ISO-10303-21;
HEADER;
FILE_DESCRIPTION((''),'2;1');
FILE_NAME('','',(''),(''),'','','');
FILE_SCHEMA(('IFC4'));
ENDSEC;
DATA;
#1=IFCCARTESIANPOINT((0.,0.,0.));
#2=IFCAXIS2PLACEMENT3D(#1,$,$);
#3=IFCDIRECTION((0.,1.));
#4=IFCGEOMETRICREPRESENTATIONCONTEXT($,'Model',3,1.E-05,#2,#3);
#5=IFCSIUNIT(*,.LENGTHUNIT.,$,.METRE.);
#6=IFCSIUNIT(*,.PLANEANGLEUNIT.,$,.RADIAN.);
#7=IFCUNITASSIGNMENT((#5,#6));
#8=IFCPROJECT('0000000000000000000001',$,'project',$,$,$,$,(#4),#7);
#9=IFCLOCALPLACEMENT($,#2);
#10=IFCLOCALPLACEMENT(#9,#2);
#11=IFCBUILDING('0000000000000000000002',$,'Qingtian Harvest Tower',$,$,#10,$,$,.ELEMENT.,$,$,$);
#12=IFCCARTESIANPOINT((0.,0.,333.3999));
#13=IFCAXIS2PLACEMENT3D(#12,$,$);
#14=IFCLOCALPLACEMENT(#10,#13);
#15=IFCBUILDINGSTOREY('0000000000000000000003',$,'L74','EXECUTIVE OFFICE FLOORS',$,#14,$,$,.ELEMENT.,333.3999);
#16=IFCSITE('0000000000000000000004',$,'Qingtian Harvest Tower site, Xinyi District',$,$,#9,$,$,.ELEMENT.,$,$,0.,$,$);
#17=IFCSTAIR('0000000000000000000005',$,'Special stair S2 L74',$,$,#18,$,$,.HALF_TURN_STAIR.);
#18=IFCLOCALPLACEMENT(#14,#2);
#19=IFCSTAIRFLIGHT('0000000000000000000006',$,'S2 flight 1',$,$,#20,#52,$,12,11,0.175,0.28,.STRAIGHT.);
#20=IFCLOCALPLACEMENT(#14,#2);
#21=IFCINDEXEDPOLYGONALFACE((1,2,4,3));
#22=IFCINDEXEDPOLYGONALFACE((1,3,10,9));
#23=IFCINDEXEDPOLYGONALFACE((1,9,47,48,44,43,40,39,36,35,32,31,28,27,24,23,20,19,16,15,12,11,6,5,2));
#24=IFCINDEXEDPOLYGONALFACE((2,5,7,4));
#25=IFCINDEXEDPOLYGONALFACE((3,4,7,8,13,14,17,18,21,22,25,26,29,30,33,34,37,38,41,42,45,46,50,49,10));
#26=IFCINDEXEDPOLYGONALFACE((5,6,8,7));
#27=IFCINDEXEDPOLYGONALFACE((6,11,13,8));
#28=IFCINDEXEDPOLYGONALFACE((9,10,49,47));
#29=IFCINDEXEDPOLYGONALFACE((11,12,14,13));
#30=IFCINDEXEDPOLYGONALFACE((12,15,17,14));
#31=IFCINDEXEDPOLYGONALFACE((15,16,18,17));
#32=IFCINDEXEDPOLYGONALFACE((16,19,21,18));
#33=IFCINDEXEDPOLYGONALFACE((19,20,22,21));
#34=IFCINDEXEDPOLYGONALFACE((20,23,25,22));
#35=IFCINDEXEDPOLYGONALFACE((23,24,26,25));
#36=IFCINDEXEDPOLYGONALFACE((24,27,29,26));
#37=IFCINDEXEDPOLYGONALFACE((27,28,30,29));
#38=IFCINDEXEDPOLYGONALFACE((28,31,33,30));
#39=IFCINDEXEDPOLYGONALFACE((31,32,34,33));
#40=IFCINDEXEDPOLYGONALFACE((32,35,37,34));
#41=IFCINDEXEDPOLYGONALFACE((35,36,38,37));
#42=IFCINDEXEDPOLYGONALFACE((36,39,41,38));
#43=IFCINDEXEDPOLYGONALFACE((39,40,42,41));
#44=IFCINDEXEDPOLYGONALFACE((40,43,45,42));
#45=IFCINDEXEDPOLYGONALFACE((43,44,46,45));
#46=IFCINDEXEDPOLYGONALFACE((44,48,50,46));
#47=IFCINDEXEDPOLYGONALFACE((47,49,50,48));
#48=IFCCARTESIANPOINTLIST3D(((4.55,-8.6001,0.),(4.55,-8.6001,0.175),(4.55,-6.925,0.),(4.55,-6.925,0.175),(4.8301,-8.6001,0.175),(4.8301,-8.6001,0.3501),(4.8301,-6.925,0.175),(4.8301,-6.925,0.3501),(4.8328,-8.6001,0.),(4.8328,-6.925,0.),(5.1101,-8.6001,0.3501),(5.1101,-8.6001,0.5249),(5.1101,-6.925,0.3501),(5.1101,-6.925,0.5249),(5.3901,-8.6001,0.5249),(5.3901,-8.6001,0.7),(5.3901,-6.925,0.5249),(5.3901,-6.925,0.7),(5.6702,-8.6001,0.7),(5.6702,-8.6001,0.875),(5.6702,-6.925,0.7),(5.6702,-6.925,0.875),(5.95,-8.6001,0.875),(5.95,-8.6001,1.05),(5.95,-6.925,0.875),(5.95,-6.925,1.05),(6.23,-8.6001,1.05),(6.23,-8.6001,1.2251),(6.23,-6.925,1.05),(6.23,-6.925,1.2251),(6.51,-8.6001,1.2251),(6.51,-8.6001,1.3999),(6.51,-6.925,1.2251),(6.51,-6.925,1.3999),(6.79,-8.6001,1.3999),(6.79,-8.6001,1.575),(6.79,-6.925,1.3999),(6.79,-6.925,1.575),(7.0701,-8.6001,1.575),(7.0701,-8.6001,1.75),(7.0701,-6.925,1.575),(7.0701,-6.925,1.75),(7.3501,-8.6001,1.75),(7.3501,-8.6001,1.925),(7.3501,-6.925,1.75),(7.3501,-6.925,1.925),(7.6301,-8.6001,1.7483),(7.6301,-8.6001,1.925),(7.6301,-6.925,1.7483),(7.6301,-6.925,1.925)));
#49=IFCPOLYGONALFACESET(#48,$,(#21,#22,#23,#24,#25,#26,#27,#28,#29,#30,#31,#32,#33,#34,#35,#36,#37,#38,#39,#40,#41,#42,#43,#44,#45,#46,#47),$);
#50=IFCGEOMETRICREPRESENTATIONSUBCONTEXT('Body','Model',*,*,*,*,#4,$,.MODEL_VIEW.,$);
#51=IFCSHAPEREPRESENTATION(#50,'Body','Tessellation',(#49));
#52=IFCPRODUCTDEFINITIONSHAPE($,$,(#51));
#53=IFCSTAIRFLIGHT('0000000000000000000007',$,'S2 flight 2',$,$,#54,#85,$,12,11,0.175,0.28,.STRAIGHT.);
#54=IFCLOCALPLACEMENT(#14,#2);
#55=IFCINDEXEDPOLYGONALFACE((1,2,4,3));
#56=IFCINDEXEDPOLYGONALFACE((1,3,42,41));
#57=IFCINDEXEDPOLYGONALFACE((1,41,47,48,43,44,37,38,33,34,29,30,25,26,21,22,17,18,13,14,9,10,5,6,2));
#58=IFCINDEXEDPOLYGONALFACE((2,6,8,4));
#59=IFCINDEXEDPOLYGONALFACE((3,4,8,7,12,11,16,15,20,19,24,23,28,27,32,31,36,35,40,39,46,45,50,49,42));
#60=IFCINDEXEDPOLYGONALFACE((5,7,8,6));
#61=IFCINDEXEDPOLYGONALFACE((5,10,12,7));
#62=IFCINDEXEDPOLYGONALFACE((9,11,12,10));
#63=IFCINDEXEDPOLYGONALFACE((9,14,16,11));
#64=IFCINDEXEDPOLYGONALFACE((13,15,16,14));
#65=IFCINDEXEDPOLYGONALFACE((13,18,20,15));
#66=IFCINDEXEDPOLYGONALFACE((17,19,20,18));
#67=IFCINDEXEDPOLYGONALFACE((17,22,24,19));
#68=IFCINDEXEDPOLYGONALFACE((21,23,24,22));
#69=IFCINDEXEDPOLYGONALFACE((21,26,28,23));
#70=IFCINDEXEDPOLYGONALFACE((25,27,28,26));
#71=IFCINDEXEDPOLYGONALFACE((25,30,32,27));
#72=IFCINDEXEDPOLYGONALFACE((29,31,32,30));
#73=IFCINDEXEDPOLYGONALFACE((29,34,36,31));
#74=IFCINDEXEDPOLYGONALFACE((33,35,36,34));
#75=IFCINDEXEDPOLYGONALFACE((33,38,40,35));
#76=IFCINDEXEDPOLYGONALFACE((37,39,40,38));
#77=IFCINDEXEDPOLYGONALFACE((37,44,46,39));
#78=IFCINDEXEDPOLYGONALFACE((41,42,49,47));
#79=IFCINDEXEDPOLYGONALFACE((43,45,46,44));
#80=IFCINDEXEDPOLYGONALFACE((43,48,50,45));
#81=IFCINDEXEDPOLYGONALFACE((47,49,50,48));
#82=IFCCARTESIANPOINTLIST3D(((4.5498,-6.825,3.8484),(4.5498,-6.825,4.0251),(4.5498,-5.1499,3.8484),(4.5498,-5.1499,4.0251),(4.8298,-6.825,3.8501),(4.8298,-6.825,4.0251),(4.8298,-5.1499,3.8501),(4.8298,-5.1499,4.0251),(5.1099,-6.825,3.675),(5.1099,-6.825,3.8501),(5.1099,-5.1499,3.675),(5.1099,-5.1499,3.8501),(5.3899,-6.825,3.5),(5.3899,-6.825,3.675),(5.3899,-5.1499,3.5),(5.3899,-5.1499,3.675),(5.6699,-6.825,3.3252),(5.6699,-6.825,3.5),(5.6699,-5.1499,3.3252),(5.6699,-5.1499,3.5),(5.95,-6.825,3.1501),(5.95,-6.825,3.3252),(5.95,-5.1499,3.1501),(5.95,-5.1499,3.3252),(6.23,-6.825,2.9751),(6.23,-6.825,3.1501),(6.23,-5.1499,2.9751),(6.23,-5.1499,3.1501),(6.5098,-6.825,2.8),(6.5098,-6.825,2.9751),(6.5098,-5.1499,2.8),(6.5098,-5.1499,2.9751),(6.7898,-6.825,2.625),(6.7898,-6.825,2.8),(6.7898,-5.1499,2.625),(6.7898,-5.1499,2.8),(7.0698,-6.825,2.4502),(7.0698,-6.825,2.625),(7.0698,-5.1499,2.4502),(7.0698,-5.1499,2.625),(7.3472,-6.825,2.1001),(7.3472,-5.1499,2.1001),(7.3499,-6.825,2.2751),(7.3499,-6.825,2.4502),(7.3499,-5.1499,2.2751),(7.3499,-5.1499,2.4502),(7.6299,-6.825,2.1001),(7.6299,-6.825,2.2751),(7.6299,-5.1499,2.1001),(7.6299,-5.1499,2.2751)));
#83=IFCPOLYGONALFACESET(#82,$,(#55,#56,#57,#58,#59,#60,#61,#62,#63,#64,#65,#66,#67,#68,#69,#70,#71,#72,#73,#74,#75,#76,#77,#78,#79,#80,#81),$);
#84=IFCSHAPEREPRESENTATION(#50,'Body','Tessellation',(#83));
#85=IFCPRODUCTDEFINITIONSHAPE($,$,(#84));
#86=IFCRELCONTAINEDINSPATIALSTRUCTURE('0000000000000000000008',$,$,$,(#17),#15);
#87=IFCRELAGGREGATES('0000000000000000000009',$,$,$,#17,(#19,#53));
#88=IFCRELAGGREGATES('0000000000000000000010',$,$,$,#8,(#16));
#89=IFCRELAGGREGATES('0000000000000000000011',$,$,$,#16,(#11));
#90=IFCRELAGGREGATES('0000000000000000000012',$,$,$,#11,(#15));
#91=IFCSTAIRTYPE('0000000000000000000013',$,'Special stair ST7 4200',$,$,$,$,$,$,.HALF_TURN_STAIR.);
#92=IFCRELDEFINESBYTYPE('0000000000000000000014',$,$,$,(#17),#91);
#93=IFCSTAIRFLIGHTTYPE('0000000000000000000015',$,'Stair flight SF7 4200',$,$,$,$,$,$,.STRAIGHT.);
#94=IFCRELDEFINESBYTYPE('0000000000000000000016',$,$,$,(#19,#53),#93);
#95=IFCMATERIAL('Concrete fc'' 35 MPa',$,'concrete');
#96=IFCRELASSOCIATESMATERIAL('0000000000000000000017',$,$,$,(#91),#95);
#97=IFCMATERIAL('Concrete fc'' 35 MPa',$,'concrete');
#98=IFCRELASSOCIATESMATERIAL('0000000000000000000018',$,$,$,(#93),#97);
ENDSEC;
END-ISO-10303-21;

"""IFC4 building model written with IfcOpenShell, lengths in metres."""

from ifc_helpers import new_model, si_unit, direction, frame, origin, place, context, subcontext, project, spatial, polyline, outline, extrude, material, type_object, element, aggregate, save


model = new_model("IFC4")

# Units and contexts
model_context = context("Model", 3, precision=1e-05, world=origin(), true_north=direction((0.0, 1.0)))
body_context = subcontext(model_context, "Body", "Model", "MODEL_VIEW")
ifc_project = project(units=[si_unit("LENGTHUNIT", "METRE"), si_unit("PLANEANGLEUNIT", "RADIAN")], contexts=[model_context])

# Site, building, storey
site_placement = place(None, origin())
site = spatial("IfcSite", under=ifc_project, at=site_placement, Name="Qingtian Harvest Tower site, Xinyi District", CompositionType="ELEMENT", RefElevation=0.0)
building_placement = place(site_placement, origin())
building = spatial("IfcBuilding", under=site, at=building_placement, Name="Qingtian Harvest Tower", CompositionType="ELEMENT")
storey_placement = place(building_placement, frame((0.0, 0.0, 333.3999)))
storey = spatial("IfcBuildingStorey", under=building, at=storey_placement, Name="L74", Description="EXECUTIVE OFFICE FLOORS", CompositionType="ELEMENT", Elevation=333.3999)

# Stair, stair flights
ifc_material_1 = material(Name="Concrete fc' 35 MPa", Category="concrete")
stair_type = type_object("IfcStairType", Name="Special stair ST7 4200", PredefinedType="HALF_TURN_STAIR", material=ifc_material_1)
stair_placement = place(storey_placement, origin())
stair = element("IfcStair", 1, at=stair_placement, inside=storey, type_object=stair_type, Name="Special stair S2 L74", PredefinedType="HALF_TURN_STAIR")
ifc_material_2 = material(Name="Concrete fc' 35 MPa", Category="concrete")
stair_flight_type = type_object("IfcStairFlightType", Name="Stair flight SF7 4200", PredefinedType="STRAIGHT", material=ifc_material_2)
stair_flight_1_placement = place(storey_placement, frame((4.55, -7.7625, 0.0), z_axis=(0.0, 0.0, 1.0), x_axis=(1.0, 0.0, 0.0)))
stair_flight_1 = element("IfcStairFlight", 2, at=stair_flight_1_placement, type_object=stair_flight_type, Name="S2 flight 1", NumberOfRisers=12, NumberOfTreads=11, PredefinedType="STRAIGHT", RiserHeight=0.175, TreadLength=0.28, context=body_context, shape_type="SweptSolid", body=[
    extrude(outline(polyline([(0.0, 0.0), (0.0, 0.175), (0.28, 0.175), (0.28, 0.3501), (0.5601, 0.3501), (0.5601, 0.5249), (0.8401, 0.5249), (0.8401, 0.7), (1.1201, 0.7), (1.1201, 0.875), (1.3999, 0.875), (1.3999, 1.05), (1.6799, 1.05), (1.6799, 1.2251), (1.96, 1.2251), (1.96, 1.3999), (2.24, 1.3999), (2.24, 1.575), (2.52, 1.575), (2.52, 1.75), (2.8, 1.75), (2.8, 1.925), (3.0801, 1.925), (3.0801, 2.1001), (3.0801, 1.7483), (0.2827, 0.0), (0.0, 0.0)])), frame((0.0, 0.8374, 0.0), z_axis=(0.0, -1.0, 0.0), x_axis=(1.0, 0.0, 0.0)), (0.0, 0.0, 1.0), 1.675),
])
stair_flight_2_placement = place(storey_placement, frame((7.6299, -5.9875, 2.1001), z_axis=(0.0, 0.0, 1.0), x_axis=(-1.0, 0.0, 0.0)))
stair_flight_2 = element("IfcStairFlight", 3, at=stair_flight_2_placement, type_object=stair_flight_type, Name="S2 flight 2", NumberOfRisers=12, NumberOfTreads=11, PredefinedType="STRAIGHT", RiserHeight=0.175, TreadLength=0.28, context=body_context, shape_type="SweptSolid", body=[
    extrude(outline(polyline([(0.0, 0.0), (0.0, 0.175), (0.28, 0.175), (0.28, 0.3501), (0.5601, 0.3501), (0.5601, 0.5249), (0.8401, 0.5249), (0.8401, 0.7), (1.1201, 0.7), (1.1201, 0.875), (1.3999, 0.875), (1.3999, 1.05), (1.6799, 1.05), (1.6799, 1.2251), (1.96, 1.2251), (1.96, 1.3999), (2.24, 1.3999), (2.24, 1.575), (2.52, 1.575), (2.52, 1.75), (2.8, 1.75), (2.8, 1.925), (3.0801, 1.925), (3.0801, 2.1001), (3.0801, 1.7483), (0.2827, 0.0), (0.0, 0.0)])), frame((0.0, 0.8374, 0.0), z_axis=(0.0, -1.0, 0.0), x_axis=(1.0, 0.0, 0.0)), (0.0, 0.0, 1.0), 1.675),
])
aggregate(stair, [stair_flight_1, stair_flight_2])

save(model, "model.ifc")
